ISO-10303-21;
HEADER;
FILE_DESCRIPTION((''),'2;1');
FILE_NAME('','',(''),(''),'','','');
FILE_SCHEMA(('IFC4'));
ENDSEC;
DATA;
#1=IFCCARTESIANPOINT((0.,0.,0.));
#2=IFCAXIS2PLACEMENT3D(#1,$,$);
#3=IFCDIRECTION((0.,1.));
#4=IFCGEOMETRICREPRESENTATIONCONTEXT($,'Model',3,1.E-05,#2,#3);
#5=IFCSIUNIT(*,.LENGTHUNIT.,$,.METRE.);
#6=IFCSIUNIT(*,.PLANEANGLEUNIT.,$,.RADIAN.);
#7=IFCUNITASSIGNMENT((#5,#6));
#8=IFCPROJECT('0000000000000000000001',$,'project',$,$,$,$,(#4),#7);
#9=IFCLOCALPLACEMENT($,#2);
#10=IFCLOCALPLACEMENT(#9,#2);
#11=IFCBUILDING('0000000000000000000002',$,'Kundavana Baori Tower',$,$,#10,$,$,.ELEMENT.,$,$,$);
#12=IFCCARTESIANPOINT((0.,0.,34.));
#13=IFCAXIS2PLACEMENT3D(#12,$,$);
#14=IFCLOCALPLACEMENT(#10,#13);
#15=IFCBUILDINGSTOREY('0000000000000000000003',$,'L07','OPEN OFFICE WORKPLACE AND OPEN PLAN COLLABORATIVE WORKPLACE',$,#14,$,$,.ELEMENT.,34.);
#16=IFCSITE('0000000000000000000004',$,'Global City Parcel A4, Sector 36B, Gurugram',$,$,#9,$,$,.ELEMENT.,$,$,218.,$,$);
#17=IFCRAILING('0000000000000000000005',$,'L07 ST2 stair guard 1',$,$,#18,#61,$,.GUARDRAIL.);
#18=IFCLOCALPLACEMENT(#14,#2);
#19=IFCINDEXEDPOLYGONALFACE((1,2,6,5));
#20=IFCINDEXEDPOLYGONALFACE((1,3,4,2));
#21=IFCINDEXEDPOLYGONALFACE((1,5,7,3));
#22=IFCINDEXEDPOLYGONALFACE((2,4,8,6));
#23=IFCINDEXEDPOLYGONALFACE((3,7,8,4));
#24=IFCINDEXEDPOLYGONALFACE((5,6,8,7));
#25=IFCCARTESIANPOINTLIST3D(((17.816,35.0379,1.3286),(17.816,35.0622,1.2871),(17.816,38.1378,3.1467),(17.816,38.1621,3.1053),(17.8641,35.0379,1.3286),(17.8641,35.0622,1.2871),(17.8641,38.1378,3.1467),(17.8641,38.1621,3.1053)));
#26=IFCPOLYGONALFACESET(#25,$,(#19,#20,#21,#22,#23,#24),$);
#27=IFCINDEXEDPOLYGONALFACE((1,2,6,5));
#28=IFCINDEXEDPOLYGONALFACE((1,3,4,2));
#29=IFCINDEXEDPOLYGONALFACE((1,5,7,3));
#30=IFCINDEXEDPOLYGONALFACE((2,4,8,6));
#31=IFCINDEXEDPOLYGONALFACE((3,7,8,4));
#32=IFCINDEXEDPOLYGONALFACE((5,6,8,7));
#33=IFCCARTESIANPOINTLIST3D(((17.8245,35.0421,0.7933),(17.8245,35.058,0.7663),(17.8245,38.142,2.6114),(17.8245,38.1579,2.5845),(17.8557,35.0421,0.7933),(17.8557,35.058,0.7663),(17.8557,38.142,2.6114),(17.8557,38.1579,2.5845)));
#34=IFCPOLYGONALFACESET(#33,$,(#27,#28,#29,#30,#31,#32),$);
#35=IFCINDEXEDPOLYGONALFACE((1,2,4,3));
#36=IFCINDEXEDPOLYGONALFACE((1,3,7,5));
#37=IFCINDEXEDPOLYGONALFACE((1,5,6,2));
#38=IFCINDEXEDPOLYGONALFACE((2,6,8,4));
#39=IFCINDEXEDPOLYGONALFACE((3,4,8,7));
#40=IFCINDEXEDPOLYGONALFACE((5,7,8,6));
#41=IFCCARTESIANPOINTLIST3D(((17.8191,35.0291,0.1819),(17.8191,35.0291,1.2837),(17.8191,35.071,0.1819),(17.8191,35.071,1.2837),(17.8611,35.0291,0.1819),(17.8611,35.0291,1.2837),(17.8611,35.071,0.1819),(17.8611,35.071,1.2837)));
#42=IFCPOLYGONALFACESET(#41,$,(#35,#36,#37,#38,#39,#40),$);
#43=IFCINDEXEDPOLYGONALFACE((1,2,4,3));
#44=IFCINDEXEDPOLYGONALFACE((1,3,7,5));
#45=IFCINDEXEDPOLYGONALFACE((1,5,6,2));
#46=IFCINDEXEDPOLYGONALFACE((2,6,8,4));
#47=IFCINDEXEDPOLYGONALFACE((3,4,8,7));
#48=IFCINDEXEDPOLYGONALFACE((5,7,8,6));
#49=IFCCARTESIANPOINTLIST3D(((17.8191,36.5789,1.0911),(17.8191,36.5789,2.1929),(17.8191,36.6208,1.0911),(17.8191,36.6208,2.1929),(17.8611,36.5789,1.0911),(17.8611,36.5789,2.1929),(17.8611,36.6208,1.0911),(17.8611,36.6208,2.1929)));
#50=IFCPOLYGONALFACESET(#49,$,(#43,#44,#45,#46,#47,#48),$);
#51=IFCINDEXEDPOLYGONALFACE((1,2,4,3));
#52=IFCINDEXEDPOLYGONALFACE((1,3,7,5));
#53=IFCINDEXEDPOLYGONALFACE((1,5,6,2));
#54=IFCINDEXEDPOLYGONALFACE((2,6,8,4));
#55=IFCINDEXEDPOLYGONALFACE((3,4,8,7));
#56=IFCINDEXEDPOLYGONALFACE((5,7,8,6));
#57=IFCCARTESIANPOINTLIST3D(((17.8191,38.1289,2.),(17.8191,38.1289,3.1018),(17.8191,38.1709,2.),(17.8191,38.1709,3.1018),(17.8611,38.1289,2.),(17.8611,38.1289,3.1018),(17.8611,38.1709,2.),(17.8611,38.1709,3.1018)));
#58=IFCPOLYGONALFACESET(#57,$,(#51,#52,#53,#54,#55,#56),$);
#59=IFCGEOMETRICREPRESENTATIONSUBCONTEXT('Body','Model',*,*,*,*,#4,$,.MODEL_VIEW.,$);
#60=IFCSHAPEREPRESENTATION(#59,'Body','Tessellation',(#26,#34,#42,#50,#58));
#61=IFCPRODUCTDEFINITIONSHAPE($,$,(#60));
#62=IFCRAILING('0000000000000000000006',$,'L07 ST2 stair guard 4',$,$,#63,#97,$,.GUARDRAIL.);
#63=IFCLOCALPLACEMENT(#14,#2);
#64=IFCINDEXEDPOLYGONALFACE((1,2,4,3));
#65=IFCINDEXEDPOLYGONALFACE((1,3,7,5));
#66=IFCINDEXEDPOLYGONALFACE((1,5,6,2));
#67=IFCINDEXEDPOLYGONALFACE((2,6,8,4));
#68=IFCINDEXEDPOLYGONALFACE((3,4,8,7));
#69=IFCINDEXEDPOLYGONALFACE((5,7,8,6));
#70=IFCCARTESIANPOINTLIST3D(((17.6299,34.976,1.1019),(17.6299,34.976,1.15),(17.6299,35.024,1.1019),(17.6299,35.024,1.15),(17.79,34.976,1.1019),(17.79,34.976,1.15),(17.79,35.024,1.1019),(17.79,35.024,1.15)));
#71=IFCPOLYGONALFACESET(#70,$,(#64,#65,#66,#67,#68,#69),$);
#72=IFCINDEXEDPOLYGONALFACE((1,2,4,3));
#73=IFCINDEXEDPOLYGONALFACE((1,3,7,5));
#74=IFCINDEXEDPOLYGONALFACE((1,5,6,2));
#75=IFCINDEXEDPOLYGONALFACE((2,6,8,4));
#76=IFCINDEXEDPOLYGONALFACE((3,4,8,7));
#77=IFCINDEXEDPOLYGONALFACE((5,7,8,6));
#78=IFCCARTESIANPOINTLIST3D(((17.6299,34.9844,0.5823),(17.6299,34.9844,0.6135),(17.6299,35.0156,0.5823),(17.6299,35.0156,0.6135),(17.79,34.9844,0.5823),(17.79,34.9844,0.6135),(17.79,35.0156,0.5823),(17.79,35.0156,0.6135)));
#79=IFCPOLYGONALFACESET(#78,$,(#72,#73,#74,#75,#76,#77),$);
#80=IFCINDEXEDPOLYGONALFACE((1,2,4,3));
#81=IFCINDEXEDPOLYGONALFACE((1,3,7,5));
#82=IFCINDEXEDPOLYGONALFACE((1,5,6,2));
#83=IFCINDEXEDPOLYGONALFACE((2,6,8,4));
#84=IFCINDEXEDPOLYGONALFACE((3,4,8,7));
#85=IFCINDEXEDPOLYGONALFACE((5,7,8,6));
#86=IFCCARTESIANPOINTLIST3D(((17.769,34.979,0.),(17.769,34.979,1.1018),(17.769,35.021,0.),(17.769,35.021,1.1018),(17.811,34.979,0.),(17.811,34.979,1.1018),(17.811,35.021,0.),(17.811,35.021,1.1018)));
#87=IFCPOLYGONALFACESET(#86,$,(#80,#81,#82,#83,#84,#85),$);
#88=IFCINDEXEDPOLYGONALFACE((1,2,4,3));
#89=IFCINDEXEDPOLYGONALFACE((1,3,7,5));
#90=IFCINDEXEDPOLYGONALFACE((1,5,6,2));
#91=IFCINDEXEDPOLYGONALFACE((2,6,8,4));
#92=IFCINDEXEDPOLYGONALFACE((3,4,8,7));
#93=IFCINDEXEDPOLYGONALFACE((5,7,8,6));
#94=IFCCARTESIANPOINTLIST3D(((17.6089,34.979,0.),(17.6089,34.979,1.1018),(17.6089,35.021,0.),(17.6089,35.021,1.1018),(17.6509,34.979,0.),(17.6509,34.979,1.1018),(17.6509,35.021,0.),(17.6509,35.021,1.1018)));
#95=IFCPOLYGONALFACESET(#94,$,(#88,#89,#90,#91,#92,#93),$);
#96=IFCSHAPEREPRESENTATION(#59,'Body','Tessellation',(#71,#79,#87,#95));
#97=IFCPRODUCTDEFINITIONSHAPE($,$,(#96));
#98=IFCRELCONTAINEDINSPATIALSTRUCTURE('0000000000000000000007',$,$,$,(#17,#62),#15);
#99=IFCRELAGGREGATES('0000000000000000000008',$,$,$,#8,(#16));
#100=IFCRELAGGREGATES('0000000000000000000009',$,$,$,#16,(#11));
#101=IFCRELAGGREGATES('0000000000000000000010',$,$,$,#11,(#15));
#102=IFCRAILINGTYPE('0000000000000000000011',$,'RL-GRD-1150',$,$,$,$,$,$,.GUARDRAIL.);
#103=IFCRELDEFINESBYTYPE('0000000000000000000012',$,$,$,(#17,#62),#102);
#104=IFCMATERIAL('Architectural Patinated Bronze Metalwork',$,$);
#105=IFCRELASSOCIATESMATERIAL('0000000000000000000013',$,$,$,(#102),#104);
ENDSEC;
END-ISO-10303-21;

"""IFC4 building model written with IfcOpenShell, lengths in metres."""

from ifc_helpers import new_model, si_unit, direction, frame, origin, origin_2d, place, context, subcontext, project, spatial, rectangle, extrude, material, type_object, element, save


model = new_model("IFC4")

# Units and contexts
model_context = context("Model", 3, precision=1e-05, world=origin(), true_north=direction((0.0, 1.0)))
body_context = subcontext(model_context, "Body", "Model", "MODEL_VIEW")
ifc_project = project(units=[si_unit("LENGTHUNIT", "METRE"), si_unit("PLANEANGLEUNIT", "RADIAN")], contexts=[model_context])

# Site, building, storey
site_placement = place(None, origin())
site = spatial("IfcSite", under=ifc_project, at=site_placement, Name="Global City Parcel A4, Sector 36B, Gurugram", CompositionType="ELEMENT", RefElevation=218.0)
building_placement = place(site_placement, origin())
building = spatial("IfcBuilding", under=site, at=building_placement, Name="Kundavana Baori Tower", CompositionType="ELEMENT")
storey_placement = place(building_placement, frame((0.0, 0.0, 34.0)))
storey = spatial("IfcBuildingStorey", under=building, at=storey_placement, Name="L07", Description="OPEN OFFICE WORKPLACE AND OPEN PLAN COLLABORATIVE WORKPLACE", CompositionType="ELEMENT", Elevation=34.0)

# Railings
ifc_material_1 = material(Name="Architectural Patinated Bronze Metalwork")
railing_type = type_object("IfcRailingType", Name="RL-GRD-1150", PredefinedType="GUARDRAIL", material=ifc_material_1)
railing_1_placement = place(storey_placement, frame((17.8401, 35.05, 0.1819)))
element("IfcRailing", 1, at=railing_1_placement, inside=storey, type_object=railing_type, Name="L07 ST2 stair guard 1", PredefinedType="GUARDRAIL", context=body_context, shape_type="SweptSolid", body=[
    extrude(rectangle(XDim=0.0481, YDim=0.0481, at=origin_2d()), frame((0.0, 0.0, 1.126), z_axis=(0.0, 0.862581, 0.505918), x_axis=(-1.0, 0.0, 0.0)), (0.0, 0.0, 1.0), 3.5938),
    extrude(rectangle(XDim=0.0312, YDim=0.0312, at=origin_2d()), frame((0.0, 0.0, 0.5979), z_axis=(0.0, 0.862581, 0.505918), x_axis=(-1.0, 0.0, 0.0)), (0.0, 0.0, 1.0), 3.5938),
    extrude(rectangle(XDim=0.042, YDim=0.042, at=origin_2d()), origin(), (0.0, 0.0, 1.0), 1.1018),
    extrude(rectangle(XDim=0.042, YDim=0.042, at=origin_2d()), frame((0.0, 1.5498, 0.9092)), (0.0, 0.0, 1.0), 1.1018),
    extrude(rectangle(XDim=0.042, YDim=0.042, at=origin_2d()), frame((0.0, 3.0999, 1.8181)), (0.0, 0.0, 1.0), 1.1018),
])
railing_2_placement = place(storey_placement, frame((17.79, 35.0, 0.0)))
element("IfcRailing", 2, at=railing_2_placement, inside=storey, type_object=railing_type, Name="L07 ST2 stair guard 4", PredefinedType="GUARDRAIL", context=body_context, shape_type="SweptSolid", body=[
    extrude(rectangle(XDim=0.0481, YDim=0.0481, at=origin_2d()), frame((0.0, 0.0, 1.126), z_axis=(-1.0, 0.0, 0.0), x_axis=(0.0, -1.0, 0.0)), (0.0, 0.0, 1.0), 0.1602),
    extrude(rectangle(XDim=0.0312, YDim=0.0312, at=origin_2d()), frame((0.0, 0.0, 0.5979), z_axis=(-1.0, 0.0, 0.0), x_axis=(0.0, -1.0, 0.0)), (0.0, 0.0, 1.0), 0.1602),
    extrude(rectangle(XDim=0.042, YDim=0.042, at=origin_2d()), origin(), (0.0, 0.0, 1.0), 1.1018),
    extrude(rectangle(XDim=0.042, YDim=0.042, at=origin_2d()), frame((-0.1602, 0.0, 0.0)), (0.0, 0.0, 1.0), 1.1018),
])

save(model, "model.ifc")
